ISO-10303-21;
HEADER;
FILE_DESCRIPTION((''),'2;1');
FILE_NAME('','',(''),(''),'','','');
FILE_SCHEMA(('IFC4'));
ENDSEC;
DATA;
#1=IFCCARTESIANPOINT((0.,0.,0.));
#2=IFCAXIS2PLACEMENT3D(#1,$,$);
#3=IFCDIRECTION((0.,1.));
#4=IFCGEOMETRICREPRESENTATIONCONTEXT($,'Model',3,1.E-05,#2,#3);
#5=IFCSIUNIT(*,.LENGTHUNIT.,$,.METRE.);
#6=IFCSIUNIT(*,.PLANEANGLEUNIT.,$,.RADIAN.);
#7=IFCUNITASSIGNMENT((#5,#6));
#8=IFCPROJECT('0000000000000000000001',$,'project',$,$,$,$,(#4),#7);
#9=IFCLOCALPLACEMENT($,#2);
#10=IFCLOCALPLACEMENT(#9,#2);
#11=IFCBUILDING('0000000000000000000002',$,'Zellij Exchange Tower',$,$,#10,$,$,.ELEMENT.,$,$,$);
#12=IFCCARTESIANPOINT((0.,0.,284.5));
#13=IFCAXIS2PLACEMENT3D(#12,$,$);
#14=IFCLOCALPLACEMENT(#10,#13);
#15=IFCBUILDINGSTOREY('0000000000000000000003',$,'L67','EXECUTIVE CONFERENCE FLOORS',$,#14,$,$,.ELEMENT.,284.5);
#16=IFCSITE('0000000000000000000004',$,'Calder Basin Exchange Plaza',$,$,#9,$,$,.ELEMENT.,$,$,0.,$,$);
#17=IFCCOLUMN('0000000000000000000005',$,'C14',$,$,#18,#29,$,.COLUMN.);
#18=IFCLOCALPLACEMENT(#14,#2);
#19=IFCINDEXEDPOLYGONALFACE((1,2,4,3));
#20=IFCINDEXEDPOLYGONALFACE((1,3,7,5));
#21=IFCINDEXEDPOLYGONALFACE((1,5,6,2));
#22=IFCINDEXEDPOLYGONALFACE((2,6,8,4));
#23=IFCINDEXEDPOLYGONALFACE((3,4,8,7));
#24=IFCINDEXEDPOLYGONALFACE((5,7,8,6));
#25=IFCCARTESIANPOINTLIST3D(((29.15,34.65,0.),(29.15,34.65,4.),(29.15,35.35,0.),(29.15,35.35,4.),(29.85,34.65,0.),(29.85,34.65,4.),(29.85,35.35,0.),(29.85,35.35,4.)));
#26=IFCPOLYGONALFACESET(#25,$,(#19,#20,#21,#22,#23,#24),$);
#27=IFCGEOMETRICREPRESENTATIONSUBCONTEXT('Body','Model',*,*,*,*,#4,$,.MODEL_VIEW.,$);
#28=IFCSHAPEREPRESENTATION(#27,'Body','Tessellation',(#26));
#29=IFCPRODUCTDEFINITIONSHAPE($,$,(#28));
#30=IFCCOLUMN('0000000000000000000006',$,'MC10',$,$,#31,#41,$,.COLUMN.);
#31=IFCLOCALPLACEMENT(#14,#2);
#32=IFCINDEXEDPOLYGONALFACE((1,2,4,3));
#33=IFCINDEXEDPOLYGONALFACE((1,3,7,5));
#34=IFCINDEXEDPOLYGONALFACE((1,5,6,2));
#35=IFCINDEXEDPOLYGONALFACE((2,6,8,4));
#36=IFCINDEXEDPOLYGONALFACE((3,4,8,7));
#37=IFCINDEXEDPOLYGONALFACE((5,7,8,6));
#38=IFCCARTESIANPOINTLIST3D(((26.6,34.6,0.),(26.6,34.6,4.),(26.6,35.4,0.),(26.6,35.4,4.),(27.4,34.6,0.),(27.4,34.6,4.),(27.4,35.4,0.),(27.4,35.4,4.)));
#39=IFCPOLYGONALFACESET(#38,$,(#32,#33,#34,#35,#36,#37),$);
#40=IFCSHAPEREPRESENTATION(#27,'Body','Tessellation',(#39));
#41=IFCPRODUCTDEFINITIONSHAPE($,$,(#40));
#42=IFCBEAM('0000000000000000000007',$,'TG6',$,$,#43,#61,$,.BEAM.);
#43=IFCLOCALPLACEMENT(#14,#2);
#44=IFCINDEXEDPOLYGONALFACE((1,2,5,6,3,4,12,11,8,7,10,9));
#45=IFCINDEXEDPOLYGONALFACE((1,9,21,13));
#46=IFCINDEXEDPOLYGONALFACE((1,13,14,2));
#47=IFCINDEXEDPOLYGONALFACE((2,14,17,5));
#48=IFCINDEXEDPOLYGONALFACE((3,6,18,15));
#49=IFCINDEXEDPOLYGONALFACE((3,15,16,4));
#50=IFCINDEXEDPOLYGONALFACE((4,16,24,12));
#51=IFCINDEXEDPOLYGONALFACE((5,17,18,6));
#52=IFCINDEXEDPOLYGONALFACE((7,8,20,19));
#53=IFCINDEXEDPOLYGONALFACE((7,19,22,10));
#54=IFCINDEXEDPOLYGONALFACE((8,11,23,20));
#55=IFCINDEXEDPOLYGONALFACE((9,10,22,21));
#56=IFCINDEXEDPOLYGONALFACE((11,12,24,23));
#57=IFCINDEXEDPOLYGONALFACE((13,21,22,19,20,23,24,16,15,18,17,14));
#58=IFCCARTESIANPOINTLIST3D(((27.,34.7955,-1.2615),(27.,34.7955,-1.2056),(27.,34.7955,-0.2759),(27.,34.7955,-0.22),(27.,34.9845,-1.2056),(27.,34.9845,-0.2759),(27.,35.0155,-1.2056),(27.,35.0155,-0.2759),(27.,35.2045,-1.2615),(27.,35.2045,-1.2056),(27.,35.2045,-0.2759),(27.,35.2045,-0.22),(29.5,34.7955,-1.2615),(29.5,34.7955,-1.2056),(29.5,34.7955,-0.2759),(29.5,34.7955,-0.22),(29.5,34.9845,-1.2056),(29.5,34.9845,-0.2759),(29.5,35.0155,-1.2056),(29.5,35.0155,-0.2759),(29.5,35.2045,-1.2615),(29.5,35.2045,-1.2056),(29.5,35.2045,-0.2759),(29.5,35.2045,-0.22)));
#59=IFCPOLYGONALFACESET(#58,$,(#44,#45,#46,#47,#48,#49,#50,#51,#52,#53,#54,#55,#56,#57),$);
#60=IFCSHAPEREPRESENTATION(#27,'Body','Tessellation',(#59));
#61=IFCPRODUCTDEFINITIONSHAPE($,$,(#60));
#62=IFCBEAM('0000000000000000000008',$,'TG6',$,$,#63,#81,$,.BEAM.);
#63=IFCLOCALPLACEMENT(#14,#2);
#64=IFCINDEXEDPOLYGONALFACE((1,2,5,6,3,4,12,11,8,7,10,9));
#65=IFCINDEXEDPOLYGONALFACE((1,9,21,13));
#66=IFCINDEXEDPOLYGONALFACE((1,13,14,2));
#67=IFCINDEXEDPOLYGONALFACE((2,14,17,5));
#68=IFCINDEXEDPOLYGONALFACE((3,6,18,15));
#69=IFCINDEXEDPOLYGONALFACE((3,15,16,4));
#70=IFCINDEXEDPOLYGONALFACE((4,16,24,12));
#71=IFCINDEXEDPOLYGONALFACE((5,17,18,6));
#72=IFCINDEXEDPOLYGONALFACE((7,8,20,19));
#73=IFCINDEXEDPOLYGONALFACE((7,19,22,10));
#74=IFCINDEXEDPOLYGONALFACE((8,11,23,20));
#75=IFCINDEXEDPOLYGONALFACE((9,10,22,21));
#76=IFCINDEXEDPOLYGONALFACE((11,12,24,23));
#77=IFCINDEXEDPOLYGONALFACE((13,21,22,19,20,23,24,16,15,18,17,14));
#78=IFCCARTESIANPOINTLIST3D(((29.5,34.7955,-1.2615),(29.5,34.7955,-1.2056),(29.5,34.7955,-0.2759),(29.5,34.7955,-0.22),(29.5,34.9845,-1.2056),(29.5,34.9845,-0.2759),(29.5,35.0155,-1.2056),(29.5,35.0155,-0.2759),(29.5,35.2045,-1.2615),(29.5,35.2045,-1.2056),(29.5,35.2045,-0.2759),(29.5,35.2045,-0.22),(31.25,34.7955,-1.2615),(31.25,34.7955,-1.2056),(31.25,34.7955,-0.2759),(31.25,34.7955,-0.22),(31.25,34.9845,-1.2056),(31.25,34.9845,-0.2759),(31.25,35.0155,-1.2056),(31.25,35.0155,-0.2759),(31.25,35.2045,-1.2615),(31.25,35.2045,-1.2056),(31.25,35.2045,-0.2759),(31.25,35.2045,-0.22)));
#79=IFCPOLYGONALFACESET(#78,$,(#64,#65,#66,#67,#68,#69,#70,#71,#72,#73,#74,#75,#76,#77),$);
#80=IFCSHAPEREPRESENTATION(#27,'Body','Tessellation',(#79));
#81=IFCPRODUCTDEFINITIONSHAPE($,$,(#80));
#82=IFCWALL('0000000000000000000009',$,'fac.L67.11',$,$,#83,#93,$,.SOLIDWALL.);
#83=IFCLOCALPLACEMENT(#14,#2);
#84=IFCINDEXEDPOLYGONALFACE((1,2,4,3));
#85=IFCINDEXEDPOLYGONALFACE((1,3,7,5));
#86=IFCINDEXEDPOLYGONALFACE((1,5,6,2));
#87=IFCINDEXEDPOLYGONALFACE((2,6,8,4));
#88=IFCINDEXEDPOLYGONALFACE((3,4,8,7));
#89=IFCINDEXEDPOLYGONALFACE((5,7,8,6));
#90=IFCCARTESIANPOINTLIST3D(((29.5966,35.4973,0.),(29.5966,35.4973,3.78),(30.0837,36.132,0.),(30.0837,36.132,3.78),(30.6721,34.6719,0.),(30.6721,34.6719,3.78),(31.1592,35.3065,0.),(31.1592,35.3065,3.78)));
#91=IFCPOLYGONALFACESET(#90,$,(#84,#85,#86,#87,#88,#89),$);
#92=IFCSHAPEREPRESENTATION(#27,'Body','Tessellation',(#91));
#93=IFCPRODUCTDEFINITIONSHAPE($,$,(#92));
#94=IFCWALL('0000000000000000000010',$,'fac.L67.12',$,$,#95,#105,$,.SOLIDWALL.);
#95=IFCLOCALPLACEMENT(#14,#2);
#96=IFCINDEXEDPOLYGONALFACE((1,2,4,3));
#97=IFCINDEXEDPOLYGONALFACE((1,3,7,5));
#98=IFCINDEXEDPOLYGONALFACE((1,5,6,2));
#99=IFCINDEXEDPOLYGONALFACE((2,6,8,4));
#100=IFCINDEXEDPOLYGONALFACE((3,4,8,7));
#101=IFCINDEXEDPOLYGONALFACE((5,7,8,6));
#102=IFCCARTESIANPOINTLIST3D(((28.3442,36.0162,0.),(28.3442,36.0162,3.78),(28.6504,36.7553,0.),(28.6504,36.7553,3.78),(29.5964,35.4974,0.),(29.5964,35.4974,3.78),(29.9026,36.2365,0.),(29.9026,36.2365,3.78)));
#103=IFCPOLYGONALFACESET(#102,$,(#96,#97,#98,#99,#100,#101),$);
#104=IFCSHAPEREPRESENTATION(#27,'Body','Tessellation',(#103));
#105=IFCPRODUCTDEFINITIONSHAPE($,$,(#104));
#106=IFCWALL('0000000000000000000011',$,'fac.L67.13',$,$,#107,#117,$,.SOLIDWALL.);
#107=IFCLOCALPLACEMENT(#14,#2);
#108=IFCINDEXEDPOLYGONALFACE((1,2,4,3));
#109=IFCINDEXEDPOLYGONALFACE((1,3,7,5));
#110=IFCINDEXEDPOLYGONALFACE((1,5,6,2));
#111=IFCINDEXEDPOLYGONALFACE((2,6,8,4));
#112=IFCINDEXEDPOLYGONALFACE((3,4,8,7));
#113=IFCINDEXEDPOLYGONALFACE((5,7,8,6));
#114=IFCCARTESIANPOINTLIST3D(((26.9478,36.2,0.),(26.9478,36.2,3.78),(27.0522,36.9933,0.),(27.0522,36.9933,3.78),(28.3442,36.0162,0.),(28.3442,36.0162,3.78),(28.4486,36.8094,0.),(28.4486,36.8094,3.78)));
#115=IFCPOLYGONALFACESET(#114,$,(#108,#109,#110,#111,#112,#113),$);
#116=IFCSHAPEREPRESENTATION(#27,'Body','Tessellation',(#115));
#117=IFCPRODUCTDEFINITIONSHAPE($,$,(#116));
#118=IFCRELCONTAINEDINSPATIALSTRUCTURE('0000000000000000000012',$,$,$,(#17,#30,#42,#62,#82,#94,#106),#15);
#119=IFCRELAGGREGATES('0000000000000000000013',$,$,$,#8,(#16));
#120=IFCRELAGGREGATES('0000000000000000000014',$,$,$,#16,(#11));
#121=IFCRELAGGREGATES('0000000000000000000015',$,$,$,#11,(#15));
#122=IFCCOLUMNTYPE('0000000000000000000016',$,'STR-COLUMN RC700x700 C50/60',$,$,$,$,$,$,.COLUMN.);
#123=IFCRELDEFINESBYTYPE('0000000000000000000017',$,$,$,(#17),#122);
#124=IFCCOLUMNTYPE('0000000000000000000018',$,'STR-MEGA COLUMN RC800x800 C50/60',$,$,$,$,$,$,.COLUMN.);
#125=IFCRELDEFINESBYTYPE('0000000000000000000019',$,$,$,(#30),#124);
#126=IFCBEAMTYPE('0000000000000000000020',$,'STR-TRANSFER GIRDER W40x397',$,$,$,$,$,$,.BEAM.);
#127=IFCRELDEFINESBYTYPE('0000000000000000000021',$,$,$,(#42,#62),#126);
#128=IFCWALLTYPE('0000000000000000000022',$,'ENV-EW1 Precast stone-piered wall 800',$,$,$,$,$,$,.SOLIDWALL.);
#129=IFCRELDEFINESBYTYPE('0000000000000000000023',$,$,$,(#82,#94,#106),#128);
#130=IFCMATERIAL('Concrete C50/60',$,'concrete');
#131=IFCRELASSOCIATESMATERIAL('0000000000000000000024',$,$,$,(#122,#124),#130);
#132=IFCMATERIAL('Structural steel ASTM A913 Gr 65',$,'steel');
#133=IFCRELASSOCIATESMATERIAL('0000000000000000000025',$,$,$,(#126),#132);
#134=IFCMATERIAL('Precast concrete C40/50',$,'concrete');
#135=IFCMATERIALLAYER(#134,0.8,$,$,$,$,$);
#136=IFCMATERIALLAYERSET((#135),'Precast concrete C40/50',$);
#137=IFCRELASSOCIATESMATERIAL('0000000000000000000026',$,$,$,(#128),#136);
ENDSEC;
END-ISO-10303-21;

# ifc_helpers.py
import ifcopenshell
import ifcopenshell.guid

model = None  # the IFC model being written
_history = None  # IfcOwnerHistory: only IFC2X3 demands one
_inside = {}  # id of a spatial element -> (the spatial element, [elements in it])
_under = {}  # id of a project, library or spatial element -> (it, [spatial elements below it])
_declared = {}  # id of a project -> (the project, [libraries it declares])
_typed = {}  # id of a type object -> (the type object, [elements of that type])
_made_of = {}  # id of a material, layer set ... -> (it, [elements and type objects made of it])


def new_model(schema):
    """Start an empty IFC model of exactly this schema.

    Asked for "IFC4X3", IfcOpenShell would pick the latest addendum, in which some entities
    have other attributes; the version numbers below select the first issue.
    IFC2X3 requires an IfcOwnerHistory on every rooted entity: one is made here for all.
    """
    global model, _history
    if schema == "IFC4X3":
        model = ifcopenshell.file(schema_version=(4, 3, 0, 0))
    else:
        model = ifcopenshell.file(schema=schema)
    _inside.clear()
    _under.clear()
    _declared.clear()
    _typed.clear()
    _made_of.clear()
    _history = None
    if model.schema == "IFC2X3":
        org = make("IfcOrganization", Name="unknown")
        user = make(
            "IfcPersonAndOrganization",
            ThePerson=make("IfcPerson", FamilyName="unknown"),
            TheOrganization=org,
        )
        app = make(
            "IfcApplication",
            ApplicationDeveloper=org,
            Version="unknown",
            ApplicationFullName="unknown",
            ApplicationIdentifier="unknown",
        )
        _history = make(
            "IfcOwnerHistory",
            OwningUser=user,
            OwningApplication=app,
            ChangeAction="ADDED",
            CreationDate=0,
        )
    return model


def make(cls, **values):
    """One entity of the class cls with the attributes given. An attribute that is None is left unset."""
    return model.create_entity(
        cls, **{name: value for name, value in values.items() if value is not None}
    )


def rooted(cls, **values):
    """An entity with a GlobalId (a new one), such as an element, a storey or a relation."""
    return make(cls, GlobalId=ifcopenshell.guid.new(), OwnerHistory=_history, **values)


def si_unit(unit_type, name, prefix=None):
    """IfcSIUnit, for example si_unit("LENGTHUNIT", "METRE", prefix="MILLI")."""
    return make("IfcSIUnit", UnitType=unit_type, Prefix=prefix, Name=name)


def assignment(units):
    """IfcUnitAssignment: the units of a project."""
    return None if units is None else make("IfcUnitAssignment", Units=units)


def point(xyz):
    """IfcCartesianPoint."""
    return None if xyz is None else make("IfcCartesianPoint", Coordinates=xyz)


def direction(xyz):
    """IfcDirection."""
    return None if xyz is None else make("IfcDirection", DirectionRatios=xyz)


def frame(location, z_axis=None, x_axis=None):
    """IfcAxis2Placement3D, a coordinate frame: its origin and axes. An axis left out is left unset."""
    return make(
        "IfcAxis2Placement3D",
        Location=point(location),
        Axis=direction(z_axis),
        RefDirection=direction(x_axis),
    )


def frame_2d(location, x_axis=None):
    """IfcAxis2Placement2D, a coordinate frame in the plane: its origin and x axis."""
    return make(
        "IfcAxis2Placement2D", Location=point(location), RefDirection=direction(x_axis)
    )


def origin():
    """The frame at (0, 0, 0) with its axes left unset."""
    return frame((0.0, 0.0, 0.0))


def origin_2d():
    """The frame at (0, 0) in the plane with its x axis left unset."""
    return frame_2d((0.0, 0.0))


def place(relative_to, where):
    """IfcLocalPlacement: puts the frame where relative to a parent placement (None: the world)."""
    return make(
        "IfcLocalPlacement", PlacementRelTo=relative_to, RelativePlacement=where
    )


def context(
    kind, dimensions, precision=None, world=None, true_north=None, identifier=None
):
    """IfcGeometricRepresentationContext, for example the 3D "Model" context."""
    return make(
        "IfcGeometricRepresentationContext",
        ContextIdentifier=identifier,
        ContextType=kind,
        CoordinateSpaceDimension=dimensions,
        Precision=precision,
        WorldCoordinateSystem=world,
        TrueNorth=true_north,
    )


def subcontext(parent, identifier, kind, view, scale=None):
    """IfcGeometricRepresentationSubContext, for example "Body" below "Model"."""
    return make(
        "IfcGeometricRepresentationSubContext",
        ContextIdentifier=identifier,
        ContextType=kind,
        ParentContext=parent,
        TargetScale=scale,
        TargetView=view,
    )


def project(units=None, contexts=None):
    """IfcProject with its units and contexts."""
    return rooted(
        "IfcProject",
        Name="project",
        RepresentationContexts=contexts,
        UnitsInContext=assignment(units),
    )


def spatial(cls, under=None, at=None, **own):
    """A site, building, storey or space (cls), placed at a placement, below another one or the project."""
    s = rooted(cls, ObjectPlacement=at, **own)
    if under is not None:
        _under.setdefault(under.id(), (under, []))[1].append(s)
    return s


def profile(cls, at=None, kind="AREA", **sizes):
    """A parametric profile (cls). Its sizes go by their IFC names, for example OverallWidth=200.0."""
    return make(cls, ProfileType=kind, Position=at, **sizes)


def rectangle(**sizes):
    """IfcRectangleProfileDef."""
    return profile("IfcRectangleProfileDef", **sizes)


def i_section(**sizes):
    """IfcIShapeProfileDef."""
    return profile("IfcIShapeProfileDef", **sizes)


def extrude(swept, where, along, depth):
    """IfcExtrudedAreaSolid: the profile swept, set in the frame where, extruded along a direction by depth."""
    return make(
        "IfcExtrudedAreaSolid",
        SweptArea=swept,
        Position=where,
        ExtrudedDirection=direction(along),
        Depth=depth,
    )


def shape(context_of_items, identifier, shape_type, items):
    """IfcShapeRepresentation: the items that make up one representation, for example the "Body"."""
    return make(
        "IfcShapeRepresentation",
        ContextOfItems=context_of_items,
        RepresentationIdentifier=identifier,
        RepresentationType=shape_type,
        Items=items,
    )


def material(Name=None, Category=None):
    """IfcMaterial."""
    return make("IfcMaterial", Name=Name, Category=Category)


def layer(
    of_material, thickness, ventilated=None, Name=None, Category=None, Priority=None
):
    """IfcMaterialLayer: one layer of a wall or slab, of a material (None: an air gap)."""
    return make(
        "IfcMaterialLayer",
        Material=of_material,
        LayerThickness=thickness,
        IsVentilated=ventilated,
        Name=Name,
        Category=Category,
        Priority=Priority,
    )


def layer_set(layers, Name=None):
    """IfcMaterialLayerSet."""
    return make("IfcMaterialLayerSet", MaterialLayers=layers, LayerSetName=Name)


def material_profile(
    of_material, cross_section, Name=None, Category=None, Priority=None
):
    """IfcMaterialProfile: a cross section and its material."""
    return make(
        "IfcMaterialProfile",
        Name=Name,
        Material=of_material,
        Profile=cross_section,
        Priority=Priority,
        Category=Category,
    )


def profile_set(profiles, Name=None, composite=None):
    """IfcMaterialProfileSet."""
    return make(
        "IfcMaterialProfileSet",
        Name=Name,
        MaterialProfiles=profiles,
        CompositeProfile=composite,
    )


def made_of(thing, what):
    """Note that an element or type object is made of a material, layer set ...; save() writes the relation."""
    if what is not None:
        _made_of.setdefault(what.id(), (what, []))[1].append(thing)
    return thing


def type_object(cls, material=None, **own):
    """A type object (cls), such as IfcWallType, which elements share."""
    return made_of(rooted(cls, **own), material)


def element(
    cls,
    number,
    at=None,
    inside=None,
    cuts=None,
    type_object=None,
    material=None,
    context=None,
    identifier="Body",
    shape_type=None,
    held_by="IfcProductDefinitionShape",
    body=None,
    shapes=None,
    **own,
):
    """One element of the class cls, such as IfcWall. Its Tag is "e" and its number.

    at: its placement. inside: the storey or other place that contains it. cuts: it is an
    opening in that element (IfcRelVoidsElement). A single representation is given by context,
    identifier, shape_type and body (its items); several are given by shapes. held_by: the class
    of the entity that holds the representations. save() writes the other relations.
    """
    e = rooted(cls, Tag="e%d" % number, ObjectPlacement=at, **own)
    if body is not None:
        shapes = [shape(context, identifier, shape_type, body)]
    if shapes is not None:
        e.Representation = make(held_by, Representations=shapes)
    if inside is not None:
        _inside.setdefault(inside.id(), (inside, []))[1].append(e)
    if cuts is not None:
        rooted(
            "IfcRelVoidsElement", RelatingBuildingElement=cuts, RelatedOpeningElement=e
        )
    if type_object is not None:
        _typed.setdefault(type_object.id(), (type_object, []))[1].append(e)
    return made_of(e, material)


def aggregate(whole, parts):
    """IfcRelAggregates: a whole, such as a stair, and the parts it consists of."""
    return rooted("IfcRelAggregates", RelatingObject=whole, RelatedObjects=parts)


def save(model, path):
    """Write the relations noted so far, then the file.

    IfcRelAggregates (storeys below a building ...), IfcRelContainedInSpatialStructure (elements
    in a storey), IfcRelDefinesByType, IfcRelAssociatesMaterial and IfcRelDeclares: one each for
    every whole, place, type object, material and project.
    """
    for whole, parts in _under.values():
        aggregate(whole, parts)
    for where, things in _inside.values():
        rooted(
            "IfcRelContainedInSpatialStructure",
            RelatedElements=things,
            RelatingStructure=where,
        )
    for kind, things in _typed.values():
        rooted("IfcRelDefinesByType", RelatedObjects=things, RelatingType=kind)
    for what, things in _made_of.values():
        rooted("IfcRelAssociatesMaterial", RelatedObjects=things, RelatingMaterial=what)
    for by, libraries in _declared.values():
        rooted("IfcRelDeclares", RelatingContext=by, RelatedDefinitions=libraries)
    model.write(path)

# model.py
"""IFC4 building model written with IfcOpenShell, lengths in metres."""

from ifc_helpers import new_model, si_unit, direction, frame, frame_2d, origin, origin_2d, place, context, subcontext, project, spatial, rectangle, i_section, extrude, material, layer, layer_set, material_profile, profile_set, type_object, element, save


model = new_model("IFC4")

# Units and contexts
model_context = context("Model", 3, precision=1e-05, world=origin(), true_north=direction((0.0, 1.0)))
body_context = subcontext(model_context, "Body", "Model", "MODEL_VIEW")
ifc_project = project(units=[si_unit("LENGTHUNIT", "METRE"), si_unit("PLANEANGLEUNIT", "RADIAN")], contexts=[model_context])

# Site, building, storey
site_placement = place(None, origin())
site = spatial("IfcSite", under=ifc_project, at=site_placement, Name="Calder Basin Exchange Plaza", CompositionType="ELEMENT", RefElevation=0.0)
building_placement = place(site_placement, origin())
building = spatial("IfcBuilding", under=site, at=building_placement, Name="Zellij Exchange Tower", CompositionType="ELEMENT")
storey_placement = place(building_placement, frame((0.0, 0.0, 284.5)))
storey = spatial("IfcBuildingStorey", under=building, at=storey_placement, Name="L67", Description="EXECUTIVE CONFERENCE FLOORS", CompositionType="ELEMENT", Elevation=284.5)

# Columns
ifc_material_1 = material(Name="Concrete C50/60", Category="concrete")
ifc_material_profile_1 = material_profile(ifc_material_1, rectangle(XDim=0.7, YDim=0.7, at=origin_2d()), Name="STR-COLUMN RC700x700 C50/60")
ifc_profile_set_1 = profile_set([ifc_material_profile_1], Name="Concrete C50/60")
column_type_1 = type_object("IfcColumnType", Name="STR-COLUMN RC700x700 C50/60", PredefinedType="COLUMN", material=ifc_profile_set_1)
column_1_placement = place(storey_placement, frame((29.5, 35.0, 0.0), z_axis=(0.0, 0.0, 1.0), x_axis=(1.0, 0.0, 0.0)))
element("IfcColumn", 1, at=column_1_placement, inside=storey, type_object=column_type_1, Name="C14", PredefinedType="COLUMN", context=body_context, shape_type="SweptSolid", body=[
    extrude(rectangle(XDim=0.7, YDim=0.7, at=origin_2d()), origin(), (0.0, 0.0, 1.0), 4.0),
])
ifc_material_profile_2 = material_profile(ifc_material_1, rectangle(XDim=0.8, YDim=0.8, at=origin_2d()), Name="STR-MEGA COLUMN RC800x800 C50/60")
ifc_profile_set_2 = profile_set([ifc_material_profile_2], Name="Concrete C50/60")
column_type_2 = type_object("IfcColumnType", Name="STR-MEGA COLUMN RC800x800 C50/60", PredefinedType="COLUMN", material=ifc_profile_set_2)
column_2_placement = place(storey_placement, frame((27.0, 35.0, 0.0), z_axis=(0.0, 0.0, 1.0), x_axis=(1.0, 0.0, 0.0)))
element("IfcColumn", 2, at=column_2_placement, inside=storey, type_object=column_type_2, Name="MC10", PredefinedType="COLUMN", context=body_context, shape_type="SweptSolid", body=[
    extrude(rectangle(XDim=0.8, YDim=0.8, at=origin_2d()), origin(), (0.0, 0.0, 1.0), 4.0),
])

# Beams
ifc_material_2 = material(Name="Structural steel ASTM A913 Gr 65", Category="steel")
ifc_material_profile_3 = material_profile(ifc_material_2, i_section(OverallWidth=0.4089, OverallDepth=1.0415, WebThickness=0.031, FlangeThickness=0.0559, at=origin_2d()), Name="W40x397")
ifc_profile_set_3 = profile_set([ifc_material_profile_3], Name="Structural steel ASTM A913 Gr 65")
beam_type = type_object("IfcBeamType", Name="STR-TRANSFER GIRDER W40x397", PredefinedType="BEAM", material=ifc_profile_set_3)
beam_1_placement = place(storey_placement, frame((27.0, 35.0, -0.7407), z_axis=(1.0, 0.0, 0.0), x_axis=(0.0, 1.0, 0.0)))
element("IfcBeam", 3, at=beam_1_placement, inside=storey, type_object=beam_type, Name="TG6", PredefinedType="BEAM", context=body_context, shape_type="SweptSolid", body=[
    extrude(i_section(OverallWidth=0.4089, OverallDepth=1.0415, WebThickness=0.031, FlangeThickness=0.0559, at=origin_2d()), origin(), (0.0, 0.0, 1.0), 2.5),
])
beam_2_placement = place(storey_placement, frame((29.5, 35.0, -0.7407), z_axis=(1.0, 0.0, 0.0), x_axis=(0.0, 1.0, 0.0)))
element("IfcBeam", 4, at=beam_2_placement, inside=storey, type_object=beam_type, Name="TG6", PredefinedType="BEAM", context=body_context, shape_type="SweptSolid", body=[
    extrude(i_section(OverallWidth=0.4089, OverallDepth=1.0415, WebThickness=0.031, FlangeThickness=0.0559, at=origin_2d()), origin(), (0.0, 0.0, 1.0), 1.75),
])

# Walls
ifc_material_3 = material(Name="Precast concrete C40/50", Category="concrete")
ifc_layer_1 = layer(ifc_material_3, 0.8)
ifc_layer_set_1 = layer_set([ifc_layer_1], Name="Precast concrete C40/50")
wall_type = type_object("IfcWallType", Name="ENV-EW1 Precast stone-piered wall 800", PredefinedType="SOLIDWALL", material=ifc_layer_set_1)
wall_1_placement = place(storey_placement, frame((30.9155, 34.9893, 0.0), z_axis=(0.0, 0.0, 1.0), x_axis=(-0.793273, 0.608866, 0.0)))
element("IfcWall", 5, at=wall_1_placement, inside=storey, type_object=wall_type, Name="fac.L67.11", PredefinedType="SOLIDWALL", context=body_context, shape_type="SweptSolid", body=[
    extrude(rectangle(XDim=1.3557, YDim=0.8, at=frame_2d((0.6777, 0.0))), origin(), (0.0, 0.0, 1.0), 3.78),
])
wall_2_placement = place(storey_placement, frame((29.7495, 35.8669, 0.0), z_axis=(0.0, 0.0, 1.0), x_axis=(-0.923848, 0.38276, 0.0)))
element("IfcWall", 6, at=wall_2_placement, inside=storey, type_object=wall_type, Name="fac.L67.12", PredefinedType="SOLIDWALL", context=body_context, shape_type="SweptSolid", body=[
    extrude(rectangle(XDim=1.3555, YDim=0.8, at=frame_2d((0.6777, 0.0))), origin(), (0.0, 0.0, 1.0), 3.78),
])
wall_3_placement = place(storey_placement, frame((28.3962, 36.4128, 0.0), z_axis=(0.0, 0.0, 1.0), x_axis=(-0.991446, 0.130517, 0.0)))
element("IfcWall", 7, at=wall_3_placement, inside=storey, type_object=wall_type, Name="fac.L67.13", PredefinedType="SOLIDWALL", context=body_context, shape_type="SweptSolid", body=[
    extrude(rectangle(XDim=1.4084, YDim=0.8, at=frame_2d((0.7041, 0.0))), origin(), (0.0, 0.0, 1.0), 3.78),
])

save(model, "model.ifc")
